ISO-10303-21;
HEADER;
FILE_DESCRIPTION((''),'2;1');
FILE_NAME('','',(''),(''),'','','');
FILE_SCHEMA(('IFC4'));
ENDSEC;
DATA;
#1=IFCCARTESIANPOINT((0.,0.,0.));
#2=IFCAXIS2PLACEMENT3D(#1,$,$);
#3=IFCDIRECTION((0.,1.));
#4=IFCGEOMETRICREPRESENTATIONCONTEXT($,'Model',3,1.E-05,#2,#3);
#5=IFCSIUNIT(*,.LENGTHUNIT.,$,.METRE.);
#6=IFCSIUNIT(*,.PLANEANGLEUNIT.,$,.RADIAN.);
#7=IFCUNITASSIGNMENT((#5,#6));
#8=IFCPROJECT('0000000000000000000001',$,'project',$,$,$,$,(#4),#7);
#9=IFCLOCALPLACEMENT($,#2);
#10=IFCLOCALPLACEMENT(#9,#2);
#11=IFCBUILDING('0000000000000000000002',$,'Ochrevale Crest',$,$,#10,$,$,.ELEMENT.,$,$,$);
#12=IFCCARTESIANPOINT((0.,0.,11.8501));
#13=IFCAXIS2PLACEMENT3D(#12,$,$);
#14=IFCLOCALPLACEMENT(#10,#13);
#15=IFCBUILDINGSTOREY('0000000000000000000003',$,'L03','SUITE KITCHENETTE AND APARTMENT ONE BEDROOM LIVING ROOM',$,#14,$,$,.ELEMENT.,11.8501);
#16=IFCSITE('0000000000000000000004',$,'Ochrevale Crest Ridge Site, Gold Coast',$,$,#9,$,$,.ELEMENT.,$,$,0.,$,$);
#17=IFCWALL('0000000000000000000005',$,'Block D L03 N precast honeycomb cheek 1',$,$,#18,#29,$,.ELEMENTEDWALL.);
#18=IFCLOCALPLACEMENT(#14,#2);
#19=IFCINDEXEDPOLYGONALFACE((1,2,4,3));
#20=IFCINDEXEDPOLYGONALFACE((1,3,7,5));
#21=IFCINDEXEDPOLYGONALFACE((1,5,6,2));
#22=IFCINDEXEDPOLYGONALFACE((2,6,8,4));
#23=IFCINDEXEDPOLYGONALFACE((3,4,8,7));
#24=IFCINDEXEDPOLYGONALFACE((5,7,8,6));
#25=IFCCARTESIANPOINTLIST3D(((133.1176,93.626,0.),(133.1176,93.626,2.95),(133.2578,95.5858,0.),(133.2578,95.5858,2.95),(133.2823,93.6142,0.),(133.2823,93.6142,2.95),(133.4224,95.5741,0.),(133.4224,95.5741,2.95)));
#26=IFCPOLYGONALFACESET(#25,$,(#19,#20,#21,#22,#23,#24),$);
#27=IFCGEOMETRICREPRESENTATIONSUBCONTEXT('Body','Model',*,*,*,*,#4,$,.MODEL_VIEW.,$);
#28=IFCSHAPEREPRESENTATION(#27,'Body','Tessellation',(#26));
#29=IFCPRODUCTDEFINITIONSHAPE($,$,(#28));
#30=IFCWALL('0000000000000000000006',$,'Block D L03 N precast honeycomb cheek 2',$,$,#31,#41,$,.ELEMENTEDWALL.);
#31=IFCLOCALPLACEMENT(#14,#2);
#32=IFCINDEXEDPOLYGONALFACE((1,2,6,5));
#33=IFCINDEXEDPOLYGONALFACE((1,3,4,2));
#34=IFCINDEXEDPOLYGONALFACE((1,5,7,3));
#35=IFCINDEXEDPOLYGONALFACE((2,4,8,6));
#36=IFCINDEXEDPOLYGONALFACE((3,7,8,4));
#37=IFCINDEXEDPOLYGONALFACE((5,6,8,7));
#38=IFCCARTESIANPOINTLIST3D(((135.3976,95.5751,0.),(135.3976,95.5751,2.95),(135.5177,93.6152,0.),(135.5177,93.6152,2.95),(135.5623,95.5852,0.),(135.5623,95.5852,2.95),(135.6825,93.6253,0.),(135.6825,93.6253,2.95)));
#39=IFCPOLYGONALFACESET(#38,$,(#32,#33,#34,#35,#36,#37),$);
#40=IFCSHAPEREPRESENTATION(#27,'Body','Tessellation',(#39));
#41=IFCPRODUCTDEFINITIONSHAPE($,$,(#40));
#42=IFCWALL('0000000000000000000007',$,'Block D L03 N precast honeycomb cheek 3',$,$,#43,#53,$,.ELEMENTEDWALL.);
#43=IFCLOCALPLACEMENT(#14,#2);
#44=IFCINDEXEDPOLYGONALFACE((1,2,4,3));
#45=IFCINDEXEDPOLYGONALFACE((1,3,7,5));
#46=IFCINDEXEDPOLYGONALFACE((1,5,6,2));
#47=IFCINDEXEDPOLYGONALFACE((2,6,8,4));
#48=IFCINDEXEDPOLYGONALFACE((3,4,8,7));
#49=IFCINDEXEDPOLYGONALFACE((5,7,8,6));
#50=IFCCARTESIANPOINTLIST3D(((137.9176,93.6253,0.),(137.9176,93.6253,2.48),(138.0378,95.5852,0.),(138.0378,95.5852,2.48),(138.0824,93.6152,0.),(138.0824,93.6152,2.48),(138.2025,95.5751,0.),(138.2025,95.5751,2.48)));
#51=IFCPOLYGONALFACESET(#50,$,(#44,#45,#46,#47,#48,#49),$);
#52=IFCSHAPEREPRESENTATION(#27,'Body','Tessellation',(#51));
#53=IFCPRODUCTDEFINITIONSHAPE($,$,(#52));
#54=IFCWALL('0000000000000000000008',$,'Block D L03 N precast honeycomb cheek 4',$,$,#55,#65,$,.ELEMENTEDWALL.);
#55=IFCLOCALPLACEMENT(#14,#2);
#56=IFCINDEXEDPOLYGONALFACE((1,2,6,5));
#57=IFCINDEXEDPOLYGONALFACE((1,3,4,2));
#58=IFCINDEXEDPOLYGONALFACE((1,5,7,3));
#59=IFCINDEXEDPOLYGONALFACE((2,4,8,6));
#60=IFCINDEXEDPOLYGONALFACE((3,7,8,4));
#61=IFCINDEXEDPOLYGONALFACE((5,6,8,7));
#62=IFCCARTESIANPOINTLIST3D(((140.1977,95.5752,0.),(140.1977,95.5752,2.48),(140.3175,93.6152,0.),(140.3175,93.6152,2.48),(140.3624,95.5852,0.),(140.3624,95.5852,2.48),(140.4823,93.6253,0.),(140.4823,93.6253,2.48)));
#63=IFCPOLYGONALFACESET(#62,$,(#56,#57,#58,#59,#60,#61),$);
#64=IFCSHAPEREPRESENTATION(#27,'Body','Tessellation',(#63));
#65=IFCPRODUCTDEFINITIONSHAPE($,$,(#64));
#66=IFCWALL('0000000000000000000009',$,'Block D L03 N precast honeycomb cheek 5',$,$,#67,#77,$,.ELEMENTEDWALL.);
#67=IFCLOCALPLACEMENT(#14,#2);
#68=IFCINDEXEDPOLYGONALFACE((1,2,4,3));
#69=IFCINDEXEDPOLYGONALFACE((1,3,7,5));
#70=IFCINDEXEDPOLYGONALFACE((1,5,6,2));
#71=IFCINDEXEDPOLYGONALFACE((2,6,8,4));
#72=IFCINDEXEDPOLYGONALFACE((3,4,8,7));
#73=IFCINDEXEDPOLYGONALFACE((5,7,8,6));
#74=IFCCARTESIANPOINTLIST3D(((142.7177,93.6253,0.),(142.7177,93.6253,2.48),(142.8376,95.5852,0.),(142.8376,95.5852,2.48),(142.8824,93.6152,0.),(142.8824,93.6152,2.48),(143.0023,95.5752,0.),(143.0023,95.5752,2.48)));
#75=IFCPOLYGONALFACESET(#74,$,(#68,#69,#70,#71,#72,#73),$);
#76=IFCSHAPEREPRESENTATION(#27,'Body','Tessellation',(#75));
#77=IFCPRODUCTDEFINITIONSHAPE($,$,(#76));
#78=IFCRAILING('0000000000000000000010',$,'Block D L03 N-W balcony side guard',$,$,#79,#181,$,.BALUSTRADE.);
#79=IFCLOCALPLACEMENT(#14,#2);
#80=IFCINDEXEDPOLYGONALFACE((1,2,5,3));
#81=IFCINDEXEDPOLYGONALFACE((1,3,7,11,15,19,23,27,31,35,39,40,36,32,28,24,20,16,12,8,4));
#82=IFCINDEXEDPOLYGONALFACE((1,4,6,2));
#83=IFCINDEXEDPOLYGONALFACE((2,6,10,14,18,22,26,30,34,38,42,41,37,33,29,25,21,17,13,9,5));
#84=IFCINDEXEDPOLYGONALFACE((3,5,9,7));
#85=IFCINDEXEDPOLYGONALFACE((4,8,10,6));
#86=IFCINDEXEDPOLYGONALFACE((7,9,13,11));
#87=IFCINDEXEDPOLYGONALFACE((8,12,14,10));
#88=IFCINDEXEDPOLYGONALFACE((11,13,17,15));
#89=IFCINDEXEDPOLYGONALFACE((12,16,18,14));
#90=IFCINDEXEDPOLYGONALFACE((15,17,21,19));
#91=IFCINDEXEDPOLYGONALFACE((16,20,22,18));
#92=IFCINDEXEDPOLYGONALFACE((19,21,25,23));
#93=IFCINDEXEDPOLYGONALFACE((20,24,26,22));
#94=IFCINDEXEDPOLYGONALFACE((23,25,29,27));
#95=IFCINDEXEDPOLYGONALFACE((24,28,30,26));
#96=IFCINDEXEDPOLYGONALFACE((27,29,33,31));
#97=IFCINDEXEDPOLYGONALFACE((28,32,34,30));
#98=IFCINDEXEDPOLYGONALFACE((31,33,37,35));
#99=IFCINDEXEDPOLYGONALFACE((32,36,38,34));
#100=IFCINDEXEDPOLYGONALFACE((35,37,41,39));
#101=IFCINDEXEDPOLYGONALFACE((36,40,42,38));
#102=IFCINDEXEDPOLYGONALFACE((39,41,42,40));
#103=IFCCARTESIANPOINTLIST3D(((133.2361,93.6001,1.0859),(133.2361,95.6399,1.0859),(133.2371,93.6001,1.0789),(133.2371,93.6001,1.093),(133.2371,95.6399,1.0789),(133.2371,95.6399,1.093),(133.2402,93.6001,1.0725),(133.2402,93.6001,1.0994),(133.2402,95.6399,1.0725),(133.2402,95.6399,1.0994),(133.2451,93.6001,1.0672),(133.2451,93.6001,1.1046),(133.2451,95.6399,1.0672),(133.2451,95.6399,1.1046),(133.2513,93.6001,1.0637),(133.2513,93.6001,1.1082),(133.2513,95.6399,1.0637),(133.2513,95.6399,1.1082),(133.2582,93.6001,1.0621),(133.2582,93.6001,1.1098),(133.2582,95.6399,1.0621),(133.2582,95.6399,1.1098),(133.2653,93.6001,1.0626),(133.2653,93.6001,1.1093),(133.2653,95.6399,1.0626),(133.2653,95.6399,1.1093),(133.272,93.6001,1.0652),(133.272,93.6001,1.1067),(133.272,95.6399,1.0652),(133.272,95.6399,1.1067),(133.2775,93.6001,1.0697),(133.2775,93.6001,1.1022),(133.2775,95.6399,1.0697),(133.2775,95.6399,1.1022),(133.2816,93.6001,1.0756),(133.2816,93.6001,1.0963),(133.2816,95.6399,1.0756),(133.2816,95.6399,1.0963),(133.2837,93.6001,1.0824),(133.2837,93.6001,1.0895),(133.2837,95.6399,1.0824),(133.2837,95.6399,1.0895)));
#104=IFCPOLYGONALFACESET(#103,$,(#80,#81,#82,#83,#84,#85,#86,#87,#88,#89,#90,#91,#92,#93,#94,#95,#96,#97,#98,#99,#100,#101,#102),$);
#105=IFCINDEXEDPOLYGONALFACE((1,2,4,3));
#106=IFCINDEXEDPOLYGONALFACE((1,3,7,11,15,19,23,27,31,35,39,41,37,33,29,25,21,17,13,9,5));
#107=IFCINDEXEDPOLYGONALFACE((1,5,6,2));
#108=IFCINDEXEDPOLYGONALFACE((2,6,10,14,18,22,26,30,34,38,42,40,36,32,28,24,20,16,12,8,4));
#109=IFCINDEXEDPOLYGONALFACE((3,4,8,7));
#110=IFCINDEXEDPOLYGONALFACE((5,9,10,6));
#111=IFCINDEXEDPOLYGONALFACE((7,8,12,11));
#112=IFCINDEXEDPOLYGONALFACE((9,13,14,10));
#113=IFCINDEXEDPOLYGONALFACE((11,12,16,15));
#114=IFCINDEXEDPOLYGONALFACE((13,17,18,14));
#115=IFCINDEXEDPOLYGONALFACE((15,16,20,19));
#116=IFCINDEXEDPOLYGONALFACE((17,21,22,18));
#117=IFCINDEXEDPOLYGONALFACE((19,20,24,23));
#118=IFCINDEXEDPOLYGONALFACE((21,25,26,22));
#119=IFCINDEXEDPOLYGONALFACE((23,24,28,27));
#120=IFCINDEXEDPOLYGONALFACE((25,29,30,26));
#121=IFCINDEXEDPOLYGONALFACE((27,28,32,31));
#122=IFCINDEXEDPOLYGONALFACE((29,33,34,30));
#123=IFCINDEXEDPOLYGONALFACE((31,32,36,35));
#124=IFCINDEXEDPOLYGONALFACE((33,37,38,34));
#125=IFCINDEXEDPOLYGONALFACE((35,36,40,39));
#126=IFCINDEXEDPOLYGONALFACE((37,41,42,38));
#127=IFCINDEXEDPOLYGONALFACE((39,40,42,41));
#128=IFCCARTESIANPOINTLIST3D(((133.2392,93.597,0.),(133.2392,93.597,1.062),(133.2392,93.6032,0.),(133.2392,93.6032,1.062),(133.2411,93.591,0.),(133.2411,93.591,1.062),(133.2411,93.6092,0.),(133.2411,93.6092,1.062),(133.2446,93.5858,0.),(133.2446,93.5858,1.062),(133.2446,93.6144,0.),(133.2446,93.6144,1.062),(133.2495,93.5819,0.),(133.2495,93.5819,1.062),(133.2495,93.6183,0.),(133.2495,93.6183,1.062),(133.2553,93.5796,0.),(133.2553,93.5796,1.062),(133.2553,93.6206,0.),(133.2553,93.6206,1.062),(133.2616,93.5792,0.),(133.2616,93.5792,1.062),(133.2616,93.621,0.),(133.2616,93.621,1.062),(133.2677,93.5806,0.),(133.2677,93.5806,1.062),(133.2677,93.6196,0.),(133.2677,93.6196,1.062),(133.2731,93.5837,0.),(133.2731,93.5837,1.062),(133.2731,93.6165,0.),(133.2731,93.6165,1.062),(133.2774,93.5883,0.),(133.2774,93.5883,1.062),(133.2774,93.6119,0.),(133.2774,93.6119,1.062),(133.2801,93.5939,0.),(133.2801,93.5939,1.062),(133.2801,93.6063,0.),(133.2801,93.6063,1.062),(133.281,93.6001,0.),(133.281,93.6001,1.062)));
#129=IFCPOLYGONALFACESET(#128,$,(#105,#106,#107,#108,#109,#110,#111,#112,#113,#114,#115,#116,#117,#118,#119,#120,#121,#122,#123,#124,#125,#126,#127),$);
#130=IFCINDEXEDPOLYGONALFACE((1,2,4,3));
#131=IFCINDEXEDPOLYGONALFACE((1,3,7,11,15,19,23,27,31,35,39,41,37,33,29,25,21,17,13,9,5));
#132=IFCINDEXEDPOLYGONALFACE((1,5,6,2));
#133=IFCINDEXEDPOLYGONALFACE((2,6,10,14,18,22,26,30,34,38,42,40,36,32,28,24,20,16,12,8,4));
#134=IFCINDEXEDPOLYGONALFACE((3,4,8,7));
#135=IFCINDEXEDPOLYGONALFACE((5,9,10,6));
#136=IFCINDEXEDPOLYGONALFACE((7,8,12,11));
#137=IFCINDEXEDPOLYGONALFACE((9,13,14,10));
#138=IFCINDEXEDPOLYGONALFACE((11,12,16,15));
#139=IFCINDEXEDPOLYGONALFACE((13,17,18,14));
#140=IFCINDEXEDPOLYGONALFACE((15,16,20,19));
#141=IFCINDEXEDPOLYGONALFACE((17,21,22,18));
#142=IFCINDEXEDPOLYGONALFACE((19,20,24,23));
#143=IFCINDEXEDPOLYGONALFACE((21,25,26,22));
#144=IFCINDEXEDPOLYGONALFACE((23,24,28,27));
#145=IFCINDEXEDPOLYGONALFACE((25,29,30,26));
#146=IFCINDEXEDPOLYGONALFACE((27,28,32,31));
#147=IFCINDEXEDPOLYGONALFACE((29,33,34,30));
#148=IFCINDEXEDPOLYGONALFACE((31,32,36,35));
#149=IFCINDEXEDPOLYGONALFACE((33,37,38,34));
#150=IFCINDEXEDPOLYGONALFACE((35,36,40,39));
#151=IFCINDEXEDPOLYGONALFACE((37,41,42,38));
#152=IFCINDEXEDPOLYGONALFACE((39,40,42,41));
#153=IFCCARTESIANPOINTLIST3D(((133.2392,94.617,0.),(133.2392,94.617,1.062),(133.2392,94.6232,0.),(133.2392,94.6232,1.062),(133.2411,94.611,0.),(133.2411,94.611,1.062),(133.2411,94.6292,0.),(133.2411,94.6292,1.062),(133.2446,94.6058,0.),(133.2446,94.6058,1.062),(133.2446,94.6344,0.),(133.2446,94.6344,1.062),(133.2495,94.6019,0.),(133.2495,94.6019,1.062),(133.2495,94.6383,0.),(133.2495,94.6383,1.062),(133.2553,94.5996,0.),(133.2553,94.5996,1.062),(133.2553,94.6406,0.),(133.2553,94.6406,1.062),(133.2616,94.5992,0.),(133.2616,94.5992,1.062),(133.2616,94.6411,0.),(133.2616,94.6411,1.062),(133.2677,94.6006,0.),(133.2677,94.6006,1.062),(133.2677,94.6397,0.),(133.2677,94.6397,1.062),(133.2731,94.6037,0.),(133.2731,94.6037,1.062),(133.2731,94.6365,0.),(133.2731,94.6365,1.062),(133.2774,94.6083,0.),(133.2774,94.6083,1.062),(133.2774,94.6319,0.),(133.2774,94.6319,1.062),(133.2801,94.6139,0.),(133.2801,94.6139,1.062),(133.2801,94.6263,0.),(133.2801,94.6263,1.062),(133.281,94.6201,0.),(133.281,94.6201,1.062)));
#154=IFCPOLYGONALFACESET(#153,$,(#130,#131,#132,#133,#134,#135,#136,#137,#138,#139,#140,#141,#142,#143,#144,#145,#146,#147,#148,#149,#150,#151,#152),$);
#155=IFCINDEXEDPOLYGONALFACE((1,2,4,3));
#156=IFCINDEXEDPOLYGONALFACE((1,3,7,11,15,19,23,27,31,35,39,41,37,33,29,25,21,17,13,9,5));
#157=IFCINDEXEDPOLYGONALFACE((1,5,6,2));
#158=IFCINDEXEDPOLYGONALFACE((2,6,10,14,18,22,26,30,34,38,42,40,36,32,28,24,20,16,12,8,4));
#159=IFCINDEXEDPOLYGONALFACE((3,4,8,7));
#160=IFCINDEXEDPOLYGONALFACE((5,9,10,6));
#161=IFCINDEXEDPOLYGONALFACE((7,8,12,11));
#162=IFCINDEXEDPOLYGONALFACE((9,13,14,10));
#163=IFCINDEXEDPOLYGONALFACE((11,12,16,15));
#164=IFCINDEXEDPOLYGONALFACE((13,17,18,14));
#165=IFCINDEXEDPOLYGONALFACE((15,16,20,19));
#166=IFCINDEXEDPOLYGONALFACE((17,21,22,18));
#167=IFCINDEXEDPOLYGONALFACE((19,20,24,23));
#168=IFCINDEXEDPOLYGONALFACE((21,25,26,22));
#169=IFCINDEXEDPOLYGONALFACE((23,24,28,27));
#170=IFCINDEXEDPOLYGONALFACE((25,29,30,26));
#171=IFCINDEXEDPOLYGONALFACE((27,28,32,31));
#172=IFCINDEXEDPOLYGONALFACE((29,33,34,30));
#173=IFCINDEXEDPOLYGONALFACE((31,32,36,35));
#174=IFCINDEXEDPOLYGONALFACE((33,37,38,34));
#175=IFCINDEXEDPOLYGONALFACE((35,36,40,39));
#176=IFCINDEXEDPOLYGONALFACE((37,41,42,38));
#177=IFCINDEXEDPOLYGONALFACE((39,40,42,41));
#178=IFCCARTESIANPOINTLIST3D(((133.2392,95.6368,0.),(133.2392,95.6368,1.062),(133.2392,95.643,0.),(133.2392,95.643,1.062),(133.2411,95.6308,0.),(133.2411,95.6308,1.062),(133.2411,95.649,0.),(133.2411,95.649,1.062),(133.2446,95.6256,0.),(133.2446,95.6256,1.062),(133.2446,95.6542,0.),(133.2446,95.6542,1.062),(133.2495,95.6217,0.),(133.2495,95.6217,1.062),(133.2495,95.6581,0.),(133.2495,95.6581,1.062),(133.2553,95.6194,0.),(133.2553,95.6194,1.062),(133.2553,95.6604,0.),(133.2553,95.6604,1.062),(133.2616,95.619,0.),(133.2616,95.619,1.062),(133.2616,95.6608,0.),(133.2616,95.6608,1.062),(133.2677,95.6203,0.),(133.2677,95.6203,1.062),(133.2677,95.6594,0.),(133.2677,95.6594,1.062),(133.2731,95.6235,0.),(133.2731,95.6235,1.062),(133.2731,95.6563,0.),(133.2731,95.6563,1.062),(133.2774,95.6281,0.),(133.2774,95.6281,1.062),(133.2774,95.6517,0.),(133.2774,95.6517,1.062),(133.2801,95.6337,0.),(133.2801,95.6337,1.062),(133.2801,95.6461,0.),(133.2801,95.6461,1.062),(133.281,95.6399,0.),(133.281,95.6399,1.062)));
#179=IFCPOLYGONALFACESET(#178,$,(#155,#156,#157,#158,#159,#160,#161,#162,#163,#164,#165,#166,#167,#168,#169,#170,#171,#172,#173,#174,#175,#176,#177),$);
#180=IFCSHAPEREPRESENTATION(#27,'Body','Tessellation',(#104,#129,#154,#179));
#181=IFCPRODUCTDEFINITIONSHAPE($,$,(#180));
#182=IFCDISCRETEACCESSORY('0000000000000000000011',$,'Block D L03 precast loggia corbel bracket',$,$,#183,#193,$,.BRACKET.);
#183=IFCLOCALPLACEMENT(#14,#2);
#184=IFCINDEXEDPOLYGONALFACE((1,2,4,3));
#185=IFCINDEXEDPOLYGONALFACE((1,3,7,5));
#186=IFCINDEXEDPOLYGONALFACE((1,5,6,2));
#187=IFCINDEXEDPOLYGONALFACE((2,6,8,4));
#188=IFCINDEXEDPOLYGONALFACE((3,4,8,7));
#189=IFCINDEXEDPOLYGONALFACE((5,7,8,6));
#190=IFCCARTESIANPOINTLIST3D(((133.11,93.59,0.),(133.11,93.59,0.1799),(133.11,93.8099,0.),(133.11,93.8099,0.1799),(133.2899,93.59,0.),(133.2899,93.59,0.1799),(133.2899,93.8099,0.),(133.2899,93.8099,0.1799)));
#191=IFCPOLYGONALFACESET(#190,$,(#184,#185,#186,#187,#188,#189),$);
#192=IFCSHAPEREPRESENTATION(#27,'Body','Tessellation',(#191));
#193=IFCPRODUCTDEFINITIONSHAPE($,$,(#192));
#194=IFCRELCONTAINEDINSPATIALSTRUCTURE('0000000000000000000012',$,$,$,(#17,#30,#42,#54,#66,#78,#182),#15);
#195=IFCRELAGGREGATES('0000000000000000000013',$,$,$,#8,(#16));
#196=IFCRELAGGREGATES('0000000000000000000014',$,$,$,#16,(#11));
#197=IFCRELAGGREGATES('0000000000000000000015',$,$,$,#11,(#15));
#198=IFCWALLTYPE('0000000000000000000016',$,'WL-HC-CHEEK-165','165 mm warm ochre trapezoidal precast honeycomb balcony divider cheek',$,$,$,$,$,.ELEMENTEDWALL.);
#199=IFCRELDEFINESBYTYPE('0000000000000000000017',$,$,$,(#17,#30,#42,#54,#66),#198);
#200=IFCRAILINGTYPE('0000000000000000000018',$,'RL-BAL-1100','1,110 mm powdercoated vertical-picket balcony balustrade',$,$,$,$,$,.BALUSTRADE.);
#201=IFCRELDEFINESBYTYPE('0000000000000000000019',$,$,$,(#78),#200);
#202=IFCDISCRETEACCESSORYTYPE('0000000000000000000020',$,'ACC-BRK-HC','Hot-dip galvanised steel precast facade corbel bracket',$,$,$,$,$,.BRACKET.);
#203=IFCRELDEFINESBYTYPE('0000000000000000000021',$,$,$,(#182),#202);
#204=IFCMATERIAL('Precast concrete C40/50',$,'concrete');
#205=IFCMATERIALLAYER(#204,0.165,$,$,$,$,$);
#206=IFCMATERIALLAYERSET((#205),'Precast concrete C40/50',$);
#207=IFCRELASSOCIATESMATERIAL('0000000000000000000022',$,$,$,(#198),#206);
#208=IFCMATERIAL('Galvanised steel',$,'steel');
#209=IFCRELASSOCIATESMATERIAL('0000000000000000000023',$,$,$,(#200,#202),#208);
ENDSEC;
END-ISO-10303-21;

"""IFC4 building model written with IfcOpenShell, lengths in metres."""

from ifc_helpers import new_model, si_unit, direction, frame, frame_2d, origin, origin_2d, place, context, subcontext, project, spatial, rectangle, circle, extrude, material, layer, layer_set, type_object, element, save


model = new_model("IFC4")

# Units and contexts
model_context = context("Model", 3, precision=1e-05, world=origin(), true_north=direction((0.0, 1.0)))
body_context = subcontext(model_context, "Body", "Model", "MODEL_VIEW")
ifc_project = project(units=[si_unit("LENGTHUNIT", "METRE"), si_unit("PLANEANGLEUNIT", "RADIAN")], contexts=[model_context])

# Site, building, storey
site_placement = place(None, origin())
site = spatial("IfcSite", under=ifc_project, at=site_placement, Name="Ochrevale Crest Ridge Site, Gold Coast", CompositionType="ELEMENT", RefElevation=0.0)
building_placement = place(site_placement, origin())
building = spatial("IfcBuilding", under=site, at=building_placement, Name="Ochrevale Crest", CompositionType="ELEMENT")
storey_placement = place(building_placement, frame((0.0, 0.0, 11.8501)))
storey = spatial("IfcBuildingStorey", under=building, at=storey_placement, Name="L03", Description="SUITE KITCHENETTE AND APARTMENT ONE BEDROOM LIVING ROOM", CompositionType="ELEMENT", Elevation=11.8501)

# Shared definitions
ifc_material_1 = material(Name="Precast concrete C40/50", Category="concrete")

# Walls
ifc_layer_1 = layer(ifc_material_1, 0.165)
ifc_layer_set_1 = layer_set([ifc_layer_1], Name="Precast concrete C40/50")
wall_type = type_object("IfcWallType", Name="WL-HC-CHEEK-165", Description="165 mm warm ochre trapezoidal precast honeycomb balcony divider cheek", PredefinedType="ELEMENTEDWALL", material=ifc_layer_set_1)
wall_1_placement = place(storey_placement, frame((133.2, 93.6201, 0.0), z_axis=(0.0, 0.0, 1.0), x_axis=(0.071318, 0.997454, 0.0)))
element("IfcWall", 1, at=wall_1_placement, inside=storey, type_object=wall_type, Name="Block D L03 N precast honeycomb cheek 1", PredefinedType="ELEMENTEDWALL", context=body_context, shape_type="SweptSolid", body=[
    extrude(rectangle(XDim=1.9648, YDim=0.165, at=frame_2d((0.9824, 0.0))), origin(), (0.0, 0.0, 1.0), 2.95),
])
wall_2_placement = place(storey_placement, frame((135.6001, 93.6201, 0.0), z_axis=(0.0, 0.0, 1.0), x_axis=(-0.061171, 0.998127, 0.0)))
element("IfcWall", 2, at=wall_2_placement, inside=storey, type_object=wall_type, Name="Block D L03 N precast honeycomb cheek 2", PredefinedType="ELEMENTEDWALL", context=body_context, shape_type="SweptSolid", body=[
    extrude(rectangle(XDim=1.9636, YDim=0.165, at=frame_2d((0.9819, 0.0))), origin(), (0.0, 0.0, 1.0), 2.95),
])
for number, where, z_axis, x_axis, name in (
    (3, (138.0, 93.6201, 0.0), (0.0, 0.0, 1.0), (0.061171, 0.998127, 0.0), "Block D L03 N precast honeycomb cheek 3"),
    (4, (140.3999, 93.6201, 0.0), (0.0, 0.0, 1.0), (-0.061047, 0.998135, 0.0), "Block D L03 N precast honeycomb cheek 4"),
    (5, (142.8, 93.6201, 0.0), (0.0, 0.0, 1.0), (0.061047, 0.998135, 0.0), "Block D L03 N precast honeycomb cheek 5"),
):
    element("IfcWall", number, at=place(storey_placement, frame(where, z_axis=z_axis, x_axis=x_axis)), inside=storey, type_object=wall_type, Name=name, PredefinedType="ELEMENTEDWALL", context=body_context, shape_type="SweptSolid", body=[
        extrude(rectangle(XDim=1.9636, YDim=0.165, at=frame_2d((0.9819, 0.0))), origin(), (0.0, 0.0, 1.0), 2.48),
    ])

# Railing
ifc_material_2 = material(Name="Galvanised steel", Category="steel")
railing_type = type_object("IfcRailingType", Name="RL-BAL-1100", Description="1,110 mm powdercoated vertical-picket balcony balustrade", PredefinedType="BALUSTRADE", material=ifc_material_2)
railing_1_placement = place(storey_placement, frame((133.26, 93.6001, 0.0)))
element("IfcRailing", 6, at=railing_1_placement, inside=storey, type_object=railing_type, Name="Block D L03 N-W balcony side guard", PredefinedType="BALUSTRADE", context=body_context, shape_type="SweptSolid", body=[
    extrude(circle(Radius=0.0239, at=origin_2d()), frame((0.0, 0.0, 1.0859), z_axis=(0.0, 1.0, 0.0), x_axis=(-1.0, 0.0, 0.0)), (0.0, 0.0, 1.0), 2.0398),
    extrude(circle(Radius=0.021, at=origin_2d()), origin(), (0.0, 0.0, 1.0), 1.062),
    extrude(circle(Radius=0.021, at=origin_2d()), frame((0.0, 1.02, 0.0)), (0.0, 0.0, 1.0), 1.062),
    extrude(circle(Radius=0.021, at=origin_2d()), frame((0.0, 2.0398, 0.0)), (0.0, 0.0, 1.0), 1.062),
])

# Discrete accessory
discrete_accessory_type = type_object("IfcDiscreteAccessoryType", Name="ACC-BRK-HC", Description="Hot-dip galvanised steel precast facade corbel bracket", PredefinedType="BRACKET", material=ifc_material_2)
discrete_accessory_placement = place(storey_placement, frame((133.2, 93.7, 0.0), z_axis=(0.0, 0.0, 1.0), x_axis=(1.0, 0.0, 0.0)))
element("IfcDiscreteAccessory", 7, at=discrete_accessory_placement, inside=storey, type_object=discrete_accessory_type, Name="Block D L03 precast loggia corbel bracket", PredefinedType="BRACKET", context=body_context, shape_type="SweptSolid", body=[
    extrude(rectangle(XDim=0.1799, YDim=0.22, at=origin_2d()), origin(), (0.0, 0.0, 1.0), 0.1799),
])

save(model, "model.ifc")
